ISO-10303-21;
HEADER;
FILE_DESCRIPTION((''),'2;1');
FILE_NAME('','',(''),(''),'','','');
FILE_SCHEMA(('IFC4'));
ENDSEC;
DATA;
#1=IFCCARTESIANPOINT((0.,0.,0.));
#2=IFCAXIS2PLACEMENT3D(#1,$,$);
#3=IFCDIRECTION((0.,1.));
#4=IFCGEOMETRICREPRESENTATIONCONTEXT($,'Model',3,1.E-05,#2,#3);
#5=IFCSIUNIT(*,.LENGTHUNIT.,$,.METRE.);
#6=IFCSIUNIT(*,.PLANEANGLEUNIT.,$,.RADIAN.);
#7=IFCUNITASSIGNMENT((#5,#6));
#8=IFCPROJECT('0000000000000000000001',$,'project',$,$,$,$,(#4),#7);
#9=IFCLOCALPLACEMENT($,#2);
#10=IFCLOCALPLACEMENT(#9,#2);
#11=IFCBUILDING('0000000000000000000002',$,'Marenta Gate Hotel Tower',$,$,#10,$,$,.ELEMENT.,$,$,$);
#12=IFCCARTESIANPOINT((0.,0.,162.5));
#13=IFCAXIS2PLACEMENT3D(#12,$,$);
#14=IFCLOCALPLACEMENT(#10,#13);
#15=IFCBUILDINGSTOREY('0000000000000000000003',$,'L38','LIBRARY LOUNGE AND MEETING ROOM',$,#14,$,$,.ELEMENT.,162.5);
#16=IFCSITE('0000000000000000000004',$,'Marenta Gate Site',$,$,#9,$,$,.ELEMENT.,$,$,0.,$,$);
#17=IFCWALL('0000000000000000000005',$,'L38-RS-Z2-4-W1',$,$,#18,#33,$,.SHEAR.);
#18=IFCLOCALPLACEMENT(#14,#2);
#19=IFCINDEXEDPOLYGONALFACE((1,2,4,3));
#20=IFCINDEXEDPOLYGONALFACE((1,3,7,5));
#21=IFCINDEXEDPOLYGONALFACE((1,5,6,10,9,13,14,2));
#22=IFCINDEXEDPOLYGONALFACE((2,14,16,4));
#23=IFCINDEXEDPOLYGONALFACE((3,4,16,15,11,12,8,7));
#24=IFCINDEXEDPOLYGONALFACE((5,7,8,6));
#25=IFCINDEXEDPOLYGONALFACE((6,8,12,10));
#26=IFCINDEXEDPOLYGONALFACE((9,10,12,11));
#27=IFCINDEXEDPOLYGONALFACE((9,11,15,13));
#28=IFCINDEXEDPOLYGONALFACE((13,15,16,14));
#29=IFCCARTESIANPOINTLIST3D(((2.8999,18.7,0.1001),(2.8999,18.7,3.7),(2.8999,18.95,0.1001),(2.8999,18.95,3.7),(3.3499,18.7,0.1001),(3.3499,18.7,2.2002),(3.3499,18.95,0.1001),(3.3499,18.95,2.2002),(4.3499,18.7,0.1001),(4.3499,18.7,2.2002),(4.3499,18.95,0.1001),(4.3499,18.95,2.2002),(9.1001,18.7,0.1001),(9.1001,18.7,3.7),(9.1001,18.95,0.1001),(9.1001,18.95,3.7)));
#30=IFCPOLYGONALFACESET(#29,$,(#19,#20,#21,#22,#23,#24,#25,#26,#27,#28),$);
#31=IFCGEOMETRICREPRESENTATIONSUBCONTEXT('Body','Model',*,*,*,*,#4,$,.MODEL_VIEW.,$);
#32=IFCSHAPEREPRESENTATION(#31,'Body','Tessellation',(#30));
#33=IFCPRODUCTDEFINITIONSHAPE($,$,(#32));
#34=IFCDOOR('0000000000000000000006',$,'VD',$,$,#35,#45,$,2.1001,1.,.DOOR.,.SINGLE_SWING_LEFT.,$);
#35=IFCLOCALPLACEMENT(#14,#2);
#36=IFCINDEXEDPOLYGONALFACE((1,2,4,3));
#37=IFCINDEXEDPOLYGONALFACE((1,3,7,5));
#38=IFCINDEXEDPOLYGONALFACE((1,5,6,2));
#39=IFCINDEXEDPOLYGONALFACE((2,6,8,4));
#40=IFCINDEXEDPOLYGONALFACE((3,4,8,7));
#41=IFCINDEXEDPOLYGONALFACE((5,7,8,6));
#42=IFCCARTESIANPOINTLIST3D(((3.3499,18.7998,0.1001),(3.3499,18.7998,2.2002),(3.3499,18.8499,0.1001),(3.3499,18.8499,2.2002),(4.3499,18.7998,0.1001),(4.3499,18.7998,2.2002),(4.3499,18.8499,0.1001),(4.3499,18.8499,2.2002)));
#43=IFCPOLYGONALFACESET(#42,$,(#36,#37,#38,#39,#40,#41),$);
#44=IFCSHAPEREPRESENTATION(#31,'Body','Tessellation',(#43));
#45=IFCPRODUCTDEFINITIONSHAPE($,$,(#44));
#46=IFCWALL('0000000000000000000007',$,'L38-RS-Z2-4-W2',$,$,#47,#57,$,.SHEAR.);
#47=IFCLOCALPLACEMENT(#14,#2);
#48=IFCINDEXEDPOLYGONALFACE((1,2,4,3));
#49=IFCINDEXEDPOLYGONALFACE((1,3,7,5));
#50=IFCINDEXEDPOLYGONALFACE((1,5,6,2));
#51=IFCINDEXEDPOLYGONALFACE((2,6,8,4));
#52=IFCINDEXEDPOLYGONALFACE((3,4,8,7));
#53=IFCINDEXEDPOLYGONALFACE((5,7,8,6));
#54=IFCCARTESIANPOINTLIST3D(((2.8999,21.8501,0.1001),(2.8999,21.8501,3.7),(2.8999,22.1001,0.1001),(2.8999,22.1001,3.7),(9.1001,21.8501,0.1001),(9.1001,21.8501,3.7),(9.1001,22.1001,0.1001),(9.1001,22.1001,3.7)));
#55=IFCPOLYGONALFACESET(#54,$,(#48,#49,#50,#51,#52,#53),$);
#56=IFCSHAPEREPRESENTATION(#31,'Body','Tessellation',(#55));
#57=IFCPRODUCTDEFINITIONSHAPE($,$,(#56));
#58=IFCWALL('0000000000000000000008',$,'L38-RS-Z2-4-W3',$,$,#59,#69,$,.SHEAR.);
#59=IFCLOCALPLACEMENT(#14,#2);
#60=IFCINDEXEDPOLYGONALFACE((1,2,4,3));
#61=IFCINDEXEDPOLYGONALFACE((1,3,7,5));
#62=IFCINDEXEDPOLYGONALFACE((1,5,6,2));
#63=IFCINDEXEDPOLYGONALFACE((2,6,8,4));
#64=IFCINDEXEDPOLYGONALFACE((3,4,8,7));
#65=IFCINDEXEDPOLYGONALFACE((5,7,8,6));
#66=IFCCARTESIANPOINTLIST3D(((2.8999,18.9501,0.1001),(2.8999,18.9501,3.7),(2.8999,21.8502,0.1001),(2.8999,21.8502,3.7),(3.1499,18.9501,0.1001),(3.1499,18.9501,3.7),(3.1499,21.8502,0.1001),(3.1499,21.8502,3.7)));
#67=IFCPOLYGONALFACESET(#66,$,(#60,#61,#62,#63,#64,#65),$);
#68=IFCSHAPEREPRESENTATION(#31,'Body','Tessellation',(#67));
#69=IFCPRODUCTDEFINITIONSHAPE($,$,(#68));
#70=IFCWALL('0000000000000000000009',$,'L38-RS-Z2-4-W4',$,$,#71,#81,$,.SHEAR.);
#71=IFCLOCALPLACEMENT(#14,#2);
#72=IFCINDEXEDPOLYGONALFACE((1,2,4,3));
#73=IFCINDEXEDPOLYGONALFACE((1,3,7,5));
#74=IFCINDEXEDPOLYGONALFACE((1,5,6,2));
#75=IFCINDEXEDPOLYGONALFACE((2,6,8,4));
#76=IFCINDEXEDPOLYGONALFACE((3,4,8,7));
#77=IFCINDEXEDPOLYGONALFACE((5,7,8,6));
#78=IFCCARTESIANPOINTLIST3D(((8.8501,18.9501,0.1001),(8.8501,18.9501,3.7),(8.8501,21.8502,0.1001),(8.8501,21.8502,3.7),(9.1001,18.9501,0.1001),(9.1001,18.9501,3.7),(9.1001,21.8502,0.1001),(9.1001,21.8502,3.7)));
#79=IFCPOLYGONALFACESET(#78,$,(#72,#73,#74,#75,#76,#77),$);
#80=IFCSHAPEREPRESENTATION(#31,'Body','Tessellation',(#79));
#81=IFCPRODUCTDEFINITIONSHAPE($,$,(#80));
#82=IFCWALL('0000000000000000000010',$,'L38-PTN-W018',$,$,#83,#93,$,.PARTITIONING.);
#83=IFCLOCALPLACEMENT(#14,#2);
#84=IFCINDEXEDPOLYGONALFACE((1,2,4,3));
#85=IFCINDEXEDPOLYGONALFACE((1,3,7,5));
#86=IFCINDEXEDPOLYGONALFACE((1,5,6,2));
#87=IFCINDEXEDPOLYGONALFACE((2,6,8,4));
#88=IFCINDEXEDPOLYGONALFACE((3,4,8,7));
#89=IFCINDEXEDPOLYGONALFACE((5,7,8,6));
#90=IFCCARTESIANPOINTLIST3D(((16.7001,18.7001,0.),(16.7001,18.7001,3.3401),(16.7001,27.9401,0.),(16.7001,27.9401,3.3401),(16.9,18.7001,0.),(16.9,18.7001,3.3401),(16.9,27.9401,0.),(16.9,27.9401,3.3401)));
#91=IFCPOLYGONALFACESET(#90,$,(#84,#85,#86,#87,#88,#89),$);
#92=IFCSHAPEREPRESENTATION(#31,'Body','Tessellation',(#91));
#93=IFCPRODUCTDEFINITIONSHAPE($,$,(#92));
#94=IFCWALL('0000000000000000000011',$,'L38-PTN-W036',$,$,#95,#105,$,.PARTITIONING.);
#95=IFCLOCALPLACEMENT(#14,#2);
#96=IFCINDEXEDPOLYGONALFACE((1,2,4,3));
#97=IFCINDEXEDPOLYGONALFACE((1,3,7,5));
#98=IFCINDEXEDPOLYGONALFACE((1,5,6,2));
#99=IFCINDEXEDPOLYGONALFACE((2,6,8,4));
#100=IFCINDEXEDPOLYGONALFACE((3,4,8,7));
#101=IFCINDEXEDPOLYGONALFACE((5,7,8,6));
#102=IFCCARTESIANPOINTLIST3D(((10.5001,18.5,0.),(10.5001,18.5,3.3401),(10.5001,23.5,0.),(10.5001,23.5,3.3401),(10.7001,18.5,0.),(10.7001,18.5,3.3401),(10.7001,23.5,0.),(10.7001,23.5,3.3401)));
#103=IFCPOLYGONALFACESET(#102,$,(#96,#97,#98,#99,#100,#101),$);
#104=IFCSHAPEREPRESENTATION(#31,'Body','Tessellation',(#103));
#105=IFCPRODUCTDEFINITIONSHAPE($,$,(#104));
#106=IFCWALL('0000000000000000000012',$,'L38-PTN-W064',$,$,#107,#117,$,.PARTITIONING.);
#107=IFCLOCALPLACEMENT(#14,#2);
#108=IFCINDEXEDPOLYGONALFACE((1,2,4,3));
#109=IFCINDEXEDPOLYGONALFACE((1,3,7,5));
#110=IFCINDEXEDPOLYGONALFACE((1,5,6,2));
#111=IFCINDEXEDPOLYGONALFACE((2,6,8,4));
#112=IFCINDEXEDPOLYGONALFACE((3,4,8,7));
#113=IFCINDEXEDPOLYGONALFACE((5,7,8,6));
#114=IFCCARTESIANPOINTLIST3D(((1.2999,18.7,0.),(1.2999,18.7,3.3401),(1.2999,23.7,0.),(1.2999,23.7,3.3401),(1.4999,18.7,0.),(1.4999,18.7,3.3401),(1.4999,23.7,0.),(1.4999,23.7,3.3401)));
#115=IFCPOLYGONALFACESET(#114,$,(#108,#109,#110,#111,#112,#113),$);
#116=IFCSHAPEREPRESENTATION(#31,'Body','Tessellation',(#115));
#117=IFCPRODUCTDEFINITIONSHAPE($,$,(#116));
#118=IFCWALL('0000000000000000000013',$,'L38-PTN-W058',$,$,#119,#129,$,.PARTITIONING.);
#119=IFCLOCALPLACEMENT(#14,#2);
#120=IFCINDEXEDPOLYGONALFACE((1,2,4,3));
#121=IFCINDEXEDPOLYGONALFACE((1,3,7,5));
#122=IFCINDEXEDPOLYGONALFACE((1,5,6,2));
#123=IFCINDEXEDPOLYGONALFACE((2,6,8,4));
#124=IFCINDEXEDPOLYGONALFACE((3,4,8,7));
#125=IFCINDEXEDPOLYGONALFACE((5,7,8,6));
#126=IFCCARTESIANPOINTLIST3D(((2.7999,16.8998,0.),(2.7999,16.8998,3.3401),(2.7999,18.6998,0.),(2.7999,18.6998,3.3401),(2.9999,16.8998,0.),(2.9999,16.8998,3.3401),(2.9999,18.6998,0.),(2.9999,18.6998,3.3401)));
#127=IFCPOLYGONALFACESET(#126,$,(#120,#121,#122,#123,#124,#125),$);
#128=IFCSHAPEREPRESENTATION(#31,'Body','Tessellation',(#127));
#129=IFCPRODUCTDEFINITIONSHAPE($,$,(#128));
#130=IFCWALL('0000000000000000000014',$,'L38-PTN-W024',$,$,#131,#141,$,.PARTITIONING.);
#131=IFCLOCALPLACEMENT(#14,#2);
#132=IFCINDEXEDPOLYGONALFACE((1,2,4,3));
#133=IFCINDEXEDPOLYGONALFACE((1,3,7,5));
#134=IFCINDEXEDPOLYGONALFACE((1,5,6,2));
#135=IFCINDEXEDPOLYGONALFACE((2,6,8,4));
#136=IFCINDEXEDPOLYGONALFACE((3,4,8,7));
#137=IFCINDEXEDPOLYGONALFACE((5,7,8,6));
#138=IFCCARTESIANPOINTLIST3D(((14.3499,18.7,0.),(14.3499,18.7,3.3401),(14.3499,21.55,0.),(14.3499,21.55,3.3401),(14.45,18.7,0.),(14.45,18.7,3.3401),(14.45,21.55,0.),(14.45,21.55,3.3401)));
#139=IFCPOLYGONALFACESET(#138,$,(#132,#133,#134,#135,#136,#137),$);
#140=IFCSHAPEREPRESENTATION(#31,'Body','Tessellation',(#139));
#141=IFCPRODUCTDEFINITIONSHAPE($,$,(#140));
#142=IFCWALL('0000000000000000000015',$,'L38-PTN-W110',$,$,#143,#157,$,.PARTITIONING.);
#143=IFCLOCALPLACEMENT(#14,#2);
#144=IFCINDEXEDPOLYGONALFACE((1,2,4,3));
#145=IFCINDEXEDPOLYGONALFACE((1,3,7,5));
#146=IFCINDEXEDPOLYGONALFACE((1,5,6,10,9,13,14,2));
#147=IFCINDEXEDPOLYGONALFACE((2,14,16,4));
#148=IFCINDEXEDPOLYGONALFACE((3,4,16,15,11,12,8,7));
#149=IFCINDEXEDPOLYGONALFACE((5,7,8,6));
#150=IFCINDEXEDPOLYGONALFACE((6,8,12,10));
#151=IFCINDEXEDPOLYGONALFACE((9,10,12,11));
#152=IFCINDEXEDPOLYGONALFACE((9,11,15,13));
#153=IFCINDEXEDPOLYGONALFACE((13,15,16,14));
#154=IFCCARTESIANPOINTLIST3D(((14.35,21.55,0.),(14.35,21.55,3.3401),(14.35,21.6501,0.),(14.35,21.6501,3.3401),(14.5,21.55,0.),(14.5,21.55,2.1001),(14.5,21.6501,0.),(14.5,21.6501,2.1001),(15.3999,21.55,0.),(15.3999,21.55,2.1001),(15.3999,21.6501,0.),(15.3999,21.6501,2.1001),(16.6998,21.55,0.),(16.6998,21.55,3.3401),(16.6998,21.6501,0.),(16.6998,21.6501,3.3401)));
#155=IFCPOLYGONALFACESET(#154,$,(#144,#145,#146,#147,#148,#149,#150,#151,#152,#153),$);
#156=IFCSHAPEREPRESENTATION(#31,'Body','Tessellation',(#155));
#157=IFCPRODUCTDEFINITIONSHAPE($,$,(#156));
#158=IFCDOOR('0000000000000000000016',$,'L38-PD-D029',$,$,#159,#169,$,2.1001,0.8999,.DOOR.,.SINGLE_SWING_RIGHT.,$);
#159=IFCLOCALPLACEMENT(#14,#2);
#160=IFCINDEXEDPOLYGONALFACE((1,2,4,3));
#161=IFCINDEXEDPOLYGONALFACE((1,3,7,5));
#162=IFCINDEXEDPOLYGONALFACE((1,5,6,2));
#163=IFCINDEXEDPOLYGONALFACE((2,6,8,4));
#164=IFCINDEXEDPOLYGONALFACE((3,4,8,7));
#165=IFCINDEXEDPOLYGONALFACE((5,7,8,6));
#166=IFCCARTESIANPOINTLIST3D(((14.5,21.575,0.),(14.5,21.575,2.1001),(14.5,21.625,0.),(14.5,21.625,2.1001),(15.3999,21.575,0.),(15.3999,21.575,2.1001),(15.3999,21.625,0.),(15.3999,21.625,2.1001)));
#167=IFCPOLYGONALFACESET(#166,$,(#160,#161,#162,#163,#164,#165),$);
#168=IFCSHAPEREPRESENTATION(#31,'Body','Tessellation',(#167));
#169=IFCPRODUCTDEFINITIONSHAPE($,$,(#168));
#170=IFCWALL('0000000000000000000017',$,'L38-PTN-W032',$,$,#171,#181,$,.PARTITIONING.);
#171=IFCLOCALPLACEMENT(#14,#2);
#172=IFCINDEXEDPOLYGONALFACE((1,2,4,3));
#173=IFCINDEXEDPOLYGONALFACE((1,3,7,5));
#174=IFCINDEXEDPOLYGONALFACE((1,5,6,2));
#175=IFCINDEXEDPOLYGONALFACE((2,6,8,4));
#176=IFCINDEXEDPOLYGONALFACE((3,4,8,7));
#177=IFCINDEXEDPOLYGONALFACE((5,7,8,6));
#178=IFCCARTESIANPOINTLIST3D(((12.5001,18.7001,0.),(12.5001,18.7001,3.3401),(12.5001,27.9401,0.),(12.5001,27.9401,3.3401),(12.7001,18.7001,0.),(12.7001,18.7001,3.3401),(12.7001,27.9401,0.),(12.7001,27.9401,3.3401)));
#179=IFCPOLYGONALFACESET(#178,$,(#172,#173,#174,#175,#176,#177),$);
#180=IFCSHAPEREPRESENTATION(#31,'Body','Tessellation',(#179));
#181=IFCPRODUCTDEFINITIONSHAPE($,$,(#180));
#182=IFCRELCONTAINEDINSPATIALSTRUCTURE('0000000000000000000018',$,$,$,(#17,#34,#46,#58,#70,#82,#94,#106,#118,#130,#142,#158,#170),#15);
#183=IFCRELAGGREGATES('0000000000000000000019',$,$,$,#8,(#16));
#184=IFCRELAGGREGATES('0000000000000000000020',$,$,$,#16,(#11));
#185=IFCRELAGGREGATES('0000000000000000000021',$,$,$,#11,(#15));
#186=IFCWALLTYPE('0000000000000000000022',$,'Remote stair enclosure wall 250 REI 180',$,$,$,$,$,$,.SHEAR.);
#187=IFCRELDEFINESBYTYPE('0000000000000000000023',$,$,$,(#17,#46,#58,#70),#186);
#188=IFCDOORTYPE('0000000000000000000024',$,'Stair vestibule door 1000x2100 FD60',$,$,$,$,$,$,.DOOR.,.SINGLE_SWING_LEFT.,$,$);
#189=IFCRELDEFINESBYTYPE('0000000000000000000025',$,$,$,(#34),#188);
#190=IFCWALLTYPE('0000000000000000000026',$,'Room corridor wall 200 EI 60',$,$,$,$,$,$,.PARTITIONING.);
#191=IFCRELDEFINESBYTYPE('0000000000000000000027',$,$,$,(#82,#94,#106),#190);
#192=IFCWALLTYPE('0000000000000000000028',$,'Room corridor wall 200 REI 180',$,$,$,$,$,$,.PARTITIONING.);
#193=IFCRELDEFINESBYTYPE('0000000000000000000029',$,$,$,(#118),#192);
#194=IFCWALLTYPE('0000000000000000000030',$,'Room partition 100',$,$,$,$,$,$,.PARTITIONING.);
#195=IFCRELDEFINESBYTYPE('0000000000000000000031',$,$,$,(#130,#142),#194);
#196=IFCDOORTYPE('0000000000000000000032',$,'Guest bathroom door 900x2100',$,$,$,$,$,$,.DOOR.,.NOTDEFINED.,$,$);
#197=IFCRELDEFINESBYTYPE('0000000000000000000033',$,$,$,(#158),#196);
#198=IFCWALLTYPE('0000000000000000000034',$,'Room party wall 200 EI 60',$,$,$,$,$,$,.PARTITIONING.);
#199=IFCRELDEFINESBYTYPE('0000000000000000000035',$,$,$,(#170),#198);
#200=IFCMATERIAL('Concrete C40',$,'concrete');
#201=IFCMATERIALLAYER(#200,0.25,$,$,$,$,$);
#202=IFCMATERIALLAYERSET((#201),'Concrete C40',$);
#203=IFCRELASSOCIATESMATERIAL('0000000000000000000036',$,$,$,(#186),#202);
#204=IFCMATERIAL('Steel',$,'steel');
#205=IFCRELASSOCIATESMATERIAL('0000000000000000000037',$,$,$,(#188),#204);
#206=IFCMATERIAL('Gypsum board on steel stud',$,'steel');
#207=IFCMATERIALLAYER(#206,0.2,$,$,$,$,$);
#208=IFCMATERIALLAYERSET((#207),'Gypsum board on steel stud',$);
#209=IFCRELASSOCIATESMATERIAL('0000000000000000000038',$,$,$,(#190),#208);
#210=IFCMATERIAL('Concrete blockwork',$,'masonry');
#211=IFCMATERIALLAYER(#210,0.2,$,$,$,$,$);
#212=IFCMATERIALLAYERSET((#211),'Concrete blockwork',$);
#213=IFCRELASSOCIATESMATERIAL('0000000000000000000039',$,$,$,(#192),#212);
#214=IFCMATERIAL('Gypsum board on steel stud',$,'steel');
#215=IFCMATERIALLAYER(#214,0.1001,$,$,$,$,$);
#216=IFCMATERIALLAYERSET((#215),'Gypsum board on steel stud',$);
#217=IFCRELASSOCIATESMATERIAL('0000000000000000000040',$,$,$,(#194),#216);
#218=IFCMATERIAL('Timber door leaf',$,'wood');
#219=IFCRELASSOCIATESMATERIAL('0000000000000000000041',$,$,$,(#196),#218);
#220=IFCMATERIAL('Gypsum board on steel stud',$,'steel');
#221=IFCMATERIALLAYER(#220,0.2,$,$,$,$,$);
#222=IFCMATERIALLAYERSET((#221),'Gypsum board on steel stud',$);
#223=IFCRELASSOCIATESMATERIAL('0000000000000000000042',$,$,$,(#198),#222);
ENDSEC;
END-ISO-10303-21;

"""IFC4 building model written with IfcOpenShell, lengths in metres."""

from ifc_helpers import new_model, si_unit, direction, frame, frame_2d, origin, place, context, subcontext, project, spatial, rectangle, extrude, material, layer, layer_set, type_object, element, fill, save


model = new_model("IFC4")

# Units and contexts
model_context = context("Model", 3, precision=1e-05, world=origin(), true_north=direction((0.0, 1.0)))
body_context = subcontext(model_context, "Body", "Model", "MODEL_VIEW")
ifc_project = project(units=[si_unit("LENGTHUNIT", "METRE"), si_unit("PLANEANGLEUNIT", "RADIAN")], contexts=[model_context])

# Site, building, storey
site_placement = place(None, origin())
site = spatial("IfcSite", under=ifc_project, at=site_placement, Name="Marenta Gate Site", CompositionType="ELEMENT", RefElevation=0.0)
building_placement = place(site_placement, origin())
building = spatial("IfcBuilding", under=site, at=building_placement, Name="Marenta Gate Hotel Tower", CompositionType="ELEMENT")
storey_placement = place(building_placement, frame((0.0, 0.0, 162.5)))
storey = spatial("IfcBuildingStorey", under=building, at=storey_placement, Name="L38", Description="LIBRARY LOUNGE AND MEETING ROOM", CompositionType="ELEMENT", Elevation=162.5)

# Wall, opening, door
ifc_material_1 = material(Name="Concrete C40", Category="concrete")
ifc_layer_1 = layer(ifc_material_1, 0.25)
ifc_layer_set_1 = layer_set([ifc_layer_1], Name="Concrete C40")
wall_type_1 = type_object("IfcWallType", Name="Remote stair enclosure wall 250 REI 180", PredefinedType="SHEAR", material=ifc_layer_set_1)
wall_1_placement = place(storey_placement, frame((2.8999, 18.825, 0.1001), z_axis=(0.0, 0.0, 1.0), x_axis=(1.0, 0.0, 0.0)))
wall_1 = element("IfcWall", 1, at=wall_1_placement, inside=storey, type_object=wall_type_1, Name="L38-RS-Z2-4-W1", PredefinedType="SHEAR", context=body_context, shape_type="SweptSolid", body=[
    extrude(rectangle(XDim=6.2002, YDim=0.25, at=frame_2d((3.1001, 0.0))), origin(), (0.0, 0.0, 1.0), 3.5999),
])
opening_1_placement = place(wall_1_placement, frame((0.45, 0.0, 0.0)))
opening_1 = element("IfcOpeningElement", 2, at=opening_1_placement, cuts=wall_1, PredefinedType="OPENING", context=body_context, shape_type="SweptSolid", body=[
    extrude(rectangle(XDim=1.0, YDim=2.1001, at=frame_2d((0.5, 1.05))), frame((0.0, 0.125, 0.0), z_axis=(0.0, -1.0, 0.0), x_axis=(1.0, 0.0, 0.0)), (0.0, 0.0, 1.0), 0.25),
])
ifc_material_2 = material(Name="Steel", Category="steel")
door_type_1 = type_object("IfcDoorType", Name="Stair vestibule door 1000x2100 FD60", OperationType="SINGLE_SWING_LEFT", PredefinedType="DOOR", material=ifc_material_2)
door_1_placement = place(opening_1_placement, origin())
door_1 = element("IfcDoor", 3, at=door_1_placement, inside=storey, type_object=door_type_1, Name="VD", OperationType="SINGLE_SWING_LEFT", OverallHeight=2.1001, OverallWidth=1.0, PredefinedType="DOOR", context=body_context, shape_type="SweptSolid", body=[
    extrude(rectangle(XDim=1.0, YDim=2.1001, at=frame_2d((0.5, 1.05))), frame((0.0, 0.0249, 0.0), z_axis=(0.0, -1.0, 0.0), x_axis=(1.0, 0.0, 0.0)), (0.0, 0.0, 1.0), 0.05),
])
fill(opening_1, door_1)

# Walls
wall_2_placement = place(storey_placement, frame((2.8999, 21.9751, 0.1001), z_axis=(0.0, 0.0, 1.0), x_axis=(1.0, 0.0, 0.0)))
element("IfcWall", 4, at=wall_2_placement, inside=storey, type_object=wall_type_1, Name="L38-RS-Z2-4-W2", PredefinedType="SHEAR", context=body_context, shape_type="SweptSolid", body=[
    extrude(rectangle(XDim=6.2002, YDim=0.25, at=frame_2d((3.1001, 0.0))), origin(), (0.0, 0.0, 1.0), 3.5999),
])
for number, where, z_axis, x_axis, name in (
    (5, (3.0249, 18.95, 0.1001), (0.0, 0.0, 1.0), (0.0, 1.0, 0.0), "L38-RS-Z2-4-W3"),
    (6, (8.9751, 18.95, 0.1001), (0.0, 0.0, 1.0), (0.0, 1.0, 0.0), "L38-RS-Z2-4-W4"),
):
    element("IfcWall", number, at=place(storey_placement, frame(where, z_axis=z_axis, x_axis=x_axis)), inside=storey, type_object=wall_type_1, Name=name, PredefinedType="SHEAR", context=body_context, shape_type="SweptSolid", body=[
        extrude(rectangle(XDim=2.9001, YDim=0.25, at=frame_2d((1.4502, 0.0))), origin(), (0.0, 0.0, 1.0), 3.5999),
    ])
ifc_material_3 = material(Name="Gypsum board on steel stud", Category="steel")
ifc_layer_2 = layer(ifc_material_3, 0.2)
ifc_layer_set_2 = layer_set([ifc_layer_2], Name="Gypsum board on steel stud")
wall_type_2 = type_object("IfcWallType", Name="Room corridor wall 200 EI 60", PredefinedType="PARTITIONING", material=ifc_layer_set_2)
wall_3_placement = place(storey_placement, frame((16.8, 18.7, 0.0), z_axis=(0.0, 0.0, 1.0), x_axis=(0.0, 1.0, 0.0)))
element("IfcWall", 7, at=wall_3_placement, inside=storey, type_object=wall_type_2, Name="L38-PTN-W018", PredefinedType="PARTITIONING", context=body_context, shape_type="SweptSolid", body=[
    extrude(rectangle(XDim=9.24, YDim=0.2, at=frame_2d((4.6201, 0.0))), origin(), (0.0, 0.0, 1.0), 3.3401),
])
for number, where, z_axis, x_axis, name in (
    (8, (10.6001, 18.5, 0.0), (0.0, 0.0, 1.0), (0.0, 1.0, 0.0), "L38-PTN-W036"),
    (9, (1.3999, 18.7, 0.0), (0.0, 0.0, 1.0), (0.0, 1.0, 0.0), "L38-PTN-W064"),
):
    element("IfcWall", number, at=place(storey_placement, frame(where, z_axis=z_axis, x_axis=x_axis)), inside=storey, type_object=wall_type_2, Name=name, PredefinedType="PARTITIONING", context=body_context, shape_type="SweptSolid", body=[
        extrude(rectangle(XDim=5.0, YDim=0.2, at=frame_2d((2.5, 0.0))), origin(), (0.0, 0.0, 1.0), 3.3401),
    ])

# Shared definitions
ifc_material_4 = material(Name="Concrete blockwork", Category="masonry")
ifc_layer_3 = layer(ifc_material_4, 0.2)
ifc_layer_set_3 = layer_set([ifc_layer_3], Name="Concrete blockwork")
wall_type_3 = type_object("IfcWallType", Name="Room corridor wall 200 REI 180", PredefinedType="PARTITIONING", material=ifc_layer_set_3)

# Walls
wall_4_placement = place(storey_placement, frame((2.8999, 16.8999, 0.0), z_axis=(0.0, 0.0, 1.0), x_axis=(0.0, 1.0, 0.0)))
element("IfcWall", 10, at=wall_4_placement, inside=storey, type_object=wall_type_3, Name="L38-PTN-W058", PredefinedType="PARTITIONING", context=body_context, shape_type="SweptSolid", body=[
    extrude(rectangle(XDim=1.8, YDim=0.2, at=frame_2d((0.8999, 0.0))), origin(), (0.0, 0.0, 1.0), 3.3401),
])
ifc_material_5 = material(Name="Gypsum board on steel stud", Category="steel")
ifc_layer_4 = layer(ifc_material_5, 0.1001)
ifc_layer_set_4 = layer_set([ifc_layer_4], Name="Gypsum board on steel stud")
wall_type_4 = type_object("IfcWallType", Name="Room partition 100", PredefinedType="PARTITIONING", material=ifc_layer_set_4)
wall_5_placement = place(storey_placement, frame((14.3999, 18.7, 0.0), z_axis=(0.0, 0.0, 1.0), x_axis=(0.0, 1.0, 0.0)))
element("IfcWall", 11, at=wall_5_placement, inside=storey, type_object=wall_type_4, Name="L38-PTN-W024", PredefinedType="PARTITIONING", context=body_context, shape_type="SweptSolid", body=[
    extrude(rectangle(XDim=2.8501, YDim=0.1001, at=frame_2d((1.425, 0.0))), origin(), (0.0, 0.0, 1.0), 3.3401),
])

# Wall, opening, door
wall_6_placement = place(storey_placement, frame((14.3501, 21.6001, 0.0), z_axis=(0.0, 0.0, 1.0), x_axis=(1.0, 0.0, 0.0)))
wall_6 = element("IfcWall", 12, at=wall_6_placement, inside=storey, type_object=wall_type_4, Name="L38-PTN-W110", PredefinedType="PARTITIONING", context=body_context, shape_type="SweptSolid", body=[
    extrude(rectangle(XDim=2.3499, YDim=0.1001, at=frame_2d((1.1748, 0.0))), origin(), (0.0, 0.0, 1.0), 3.3401),
])
opening_2_placement = place(wall_6_placement, frame((0.1499, 0.0, 0.0)))
opening_2 = element("IfcOpeningElement", 13, at=opening_2_placement, cuts=wall_6, PredefinedType="OPENING", context=body_context, shape_type="SweptSolid", body=[
    extrude(rectangle(XDim=0.8999, YDim=2.1001, at=frame_2d((0.45, 1.05))), frame((0.0, 0.05, 0.0), z_axis=(0.0, -1.0, 0.0), x_axis=(1.0, 0.0, 0.0)), (0.0, 0.0, 1.0), 0.1001),
])
ifc_material_6 = material(Name="Timber door leaf", Category="wood")
door_type_2 = type_object("IfcDoorType", Name="Guest bathroom door 900x2100", OperationType="NOTDEFINED", PredefinedType="DOOR", material=ifc_material_6)
door_2_placement = place(opening_2_placement, origin())
door_2 = element("IfcDoor", 14, at=door_2_placement, inside=storey, type_object=door_type_2, Name="L38-PD-D029", OperationType="SINGLE_SWING_RIGHT", OverallHeight=2.1001, OverallWidth=0.8999, PredefinedType="DOOR", context=body_context, shape_type="SweptSolid", body=[
    extrude(rectangle(XDim=0.8999, YDim=2.1001, at=frame_2d((0.45, 1.05))), frame((0.0, 0.0249, 0.0), z_axis=(0.0, -1.0, 0.0), x_axis=(1.0, 0.0, 0.0)), (0.0, 0.0, 1.0), 0.05),
])
fill(opening_2, door_2)

# Wall
ifc_material_7 = material(Name="Gypsum board on steel stud", Category="steel")
ifc_layer_5 = layer(ifc_material_7, 0.2)
ifc_layer_set_5 = layer_set([ifc_layer_5], Name="Gypsum board on steel stud")
wall_type_5 = type_object("IfcWallType", Name="Room party wall 200 EI 60", PredefinedType="PARTITIONING", material=ifc_layer_set_5)
wall_7_placement = place(storey_placement, frame((12.6001, 18.7, 0.0), z_axis=(0.0, 0.0, 1.0), x_axis=(0.0, 1.0, 0.0)))
element("IfcWall", 15, at=wall_7_placement, inside=storey, type_object=wall_type_5, Name="L38-PTN-W032", PredefinedType="PARTITIONING", context=body_context, shape_type="SweptSolid", body=[
    extrude(rectangle(XDim=9.24, YDim=0.2, at=frame_2d((4.6201, 0.0))), origin(), (0.0, 0.0, 1.0), 3.3401),
])

save(model, "model.ifc")
